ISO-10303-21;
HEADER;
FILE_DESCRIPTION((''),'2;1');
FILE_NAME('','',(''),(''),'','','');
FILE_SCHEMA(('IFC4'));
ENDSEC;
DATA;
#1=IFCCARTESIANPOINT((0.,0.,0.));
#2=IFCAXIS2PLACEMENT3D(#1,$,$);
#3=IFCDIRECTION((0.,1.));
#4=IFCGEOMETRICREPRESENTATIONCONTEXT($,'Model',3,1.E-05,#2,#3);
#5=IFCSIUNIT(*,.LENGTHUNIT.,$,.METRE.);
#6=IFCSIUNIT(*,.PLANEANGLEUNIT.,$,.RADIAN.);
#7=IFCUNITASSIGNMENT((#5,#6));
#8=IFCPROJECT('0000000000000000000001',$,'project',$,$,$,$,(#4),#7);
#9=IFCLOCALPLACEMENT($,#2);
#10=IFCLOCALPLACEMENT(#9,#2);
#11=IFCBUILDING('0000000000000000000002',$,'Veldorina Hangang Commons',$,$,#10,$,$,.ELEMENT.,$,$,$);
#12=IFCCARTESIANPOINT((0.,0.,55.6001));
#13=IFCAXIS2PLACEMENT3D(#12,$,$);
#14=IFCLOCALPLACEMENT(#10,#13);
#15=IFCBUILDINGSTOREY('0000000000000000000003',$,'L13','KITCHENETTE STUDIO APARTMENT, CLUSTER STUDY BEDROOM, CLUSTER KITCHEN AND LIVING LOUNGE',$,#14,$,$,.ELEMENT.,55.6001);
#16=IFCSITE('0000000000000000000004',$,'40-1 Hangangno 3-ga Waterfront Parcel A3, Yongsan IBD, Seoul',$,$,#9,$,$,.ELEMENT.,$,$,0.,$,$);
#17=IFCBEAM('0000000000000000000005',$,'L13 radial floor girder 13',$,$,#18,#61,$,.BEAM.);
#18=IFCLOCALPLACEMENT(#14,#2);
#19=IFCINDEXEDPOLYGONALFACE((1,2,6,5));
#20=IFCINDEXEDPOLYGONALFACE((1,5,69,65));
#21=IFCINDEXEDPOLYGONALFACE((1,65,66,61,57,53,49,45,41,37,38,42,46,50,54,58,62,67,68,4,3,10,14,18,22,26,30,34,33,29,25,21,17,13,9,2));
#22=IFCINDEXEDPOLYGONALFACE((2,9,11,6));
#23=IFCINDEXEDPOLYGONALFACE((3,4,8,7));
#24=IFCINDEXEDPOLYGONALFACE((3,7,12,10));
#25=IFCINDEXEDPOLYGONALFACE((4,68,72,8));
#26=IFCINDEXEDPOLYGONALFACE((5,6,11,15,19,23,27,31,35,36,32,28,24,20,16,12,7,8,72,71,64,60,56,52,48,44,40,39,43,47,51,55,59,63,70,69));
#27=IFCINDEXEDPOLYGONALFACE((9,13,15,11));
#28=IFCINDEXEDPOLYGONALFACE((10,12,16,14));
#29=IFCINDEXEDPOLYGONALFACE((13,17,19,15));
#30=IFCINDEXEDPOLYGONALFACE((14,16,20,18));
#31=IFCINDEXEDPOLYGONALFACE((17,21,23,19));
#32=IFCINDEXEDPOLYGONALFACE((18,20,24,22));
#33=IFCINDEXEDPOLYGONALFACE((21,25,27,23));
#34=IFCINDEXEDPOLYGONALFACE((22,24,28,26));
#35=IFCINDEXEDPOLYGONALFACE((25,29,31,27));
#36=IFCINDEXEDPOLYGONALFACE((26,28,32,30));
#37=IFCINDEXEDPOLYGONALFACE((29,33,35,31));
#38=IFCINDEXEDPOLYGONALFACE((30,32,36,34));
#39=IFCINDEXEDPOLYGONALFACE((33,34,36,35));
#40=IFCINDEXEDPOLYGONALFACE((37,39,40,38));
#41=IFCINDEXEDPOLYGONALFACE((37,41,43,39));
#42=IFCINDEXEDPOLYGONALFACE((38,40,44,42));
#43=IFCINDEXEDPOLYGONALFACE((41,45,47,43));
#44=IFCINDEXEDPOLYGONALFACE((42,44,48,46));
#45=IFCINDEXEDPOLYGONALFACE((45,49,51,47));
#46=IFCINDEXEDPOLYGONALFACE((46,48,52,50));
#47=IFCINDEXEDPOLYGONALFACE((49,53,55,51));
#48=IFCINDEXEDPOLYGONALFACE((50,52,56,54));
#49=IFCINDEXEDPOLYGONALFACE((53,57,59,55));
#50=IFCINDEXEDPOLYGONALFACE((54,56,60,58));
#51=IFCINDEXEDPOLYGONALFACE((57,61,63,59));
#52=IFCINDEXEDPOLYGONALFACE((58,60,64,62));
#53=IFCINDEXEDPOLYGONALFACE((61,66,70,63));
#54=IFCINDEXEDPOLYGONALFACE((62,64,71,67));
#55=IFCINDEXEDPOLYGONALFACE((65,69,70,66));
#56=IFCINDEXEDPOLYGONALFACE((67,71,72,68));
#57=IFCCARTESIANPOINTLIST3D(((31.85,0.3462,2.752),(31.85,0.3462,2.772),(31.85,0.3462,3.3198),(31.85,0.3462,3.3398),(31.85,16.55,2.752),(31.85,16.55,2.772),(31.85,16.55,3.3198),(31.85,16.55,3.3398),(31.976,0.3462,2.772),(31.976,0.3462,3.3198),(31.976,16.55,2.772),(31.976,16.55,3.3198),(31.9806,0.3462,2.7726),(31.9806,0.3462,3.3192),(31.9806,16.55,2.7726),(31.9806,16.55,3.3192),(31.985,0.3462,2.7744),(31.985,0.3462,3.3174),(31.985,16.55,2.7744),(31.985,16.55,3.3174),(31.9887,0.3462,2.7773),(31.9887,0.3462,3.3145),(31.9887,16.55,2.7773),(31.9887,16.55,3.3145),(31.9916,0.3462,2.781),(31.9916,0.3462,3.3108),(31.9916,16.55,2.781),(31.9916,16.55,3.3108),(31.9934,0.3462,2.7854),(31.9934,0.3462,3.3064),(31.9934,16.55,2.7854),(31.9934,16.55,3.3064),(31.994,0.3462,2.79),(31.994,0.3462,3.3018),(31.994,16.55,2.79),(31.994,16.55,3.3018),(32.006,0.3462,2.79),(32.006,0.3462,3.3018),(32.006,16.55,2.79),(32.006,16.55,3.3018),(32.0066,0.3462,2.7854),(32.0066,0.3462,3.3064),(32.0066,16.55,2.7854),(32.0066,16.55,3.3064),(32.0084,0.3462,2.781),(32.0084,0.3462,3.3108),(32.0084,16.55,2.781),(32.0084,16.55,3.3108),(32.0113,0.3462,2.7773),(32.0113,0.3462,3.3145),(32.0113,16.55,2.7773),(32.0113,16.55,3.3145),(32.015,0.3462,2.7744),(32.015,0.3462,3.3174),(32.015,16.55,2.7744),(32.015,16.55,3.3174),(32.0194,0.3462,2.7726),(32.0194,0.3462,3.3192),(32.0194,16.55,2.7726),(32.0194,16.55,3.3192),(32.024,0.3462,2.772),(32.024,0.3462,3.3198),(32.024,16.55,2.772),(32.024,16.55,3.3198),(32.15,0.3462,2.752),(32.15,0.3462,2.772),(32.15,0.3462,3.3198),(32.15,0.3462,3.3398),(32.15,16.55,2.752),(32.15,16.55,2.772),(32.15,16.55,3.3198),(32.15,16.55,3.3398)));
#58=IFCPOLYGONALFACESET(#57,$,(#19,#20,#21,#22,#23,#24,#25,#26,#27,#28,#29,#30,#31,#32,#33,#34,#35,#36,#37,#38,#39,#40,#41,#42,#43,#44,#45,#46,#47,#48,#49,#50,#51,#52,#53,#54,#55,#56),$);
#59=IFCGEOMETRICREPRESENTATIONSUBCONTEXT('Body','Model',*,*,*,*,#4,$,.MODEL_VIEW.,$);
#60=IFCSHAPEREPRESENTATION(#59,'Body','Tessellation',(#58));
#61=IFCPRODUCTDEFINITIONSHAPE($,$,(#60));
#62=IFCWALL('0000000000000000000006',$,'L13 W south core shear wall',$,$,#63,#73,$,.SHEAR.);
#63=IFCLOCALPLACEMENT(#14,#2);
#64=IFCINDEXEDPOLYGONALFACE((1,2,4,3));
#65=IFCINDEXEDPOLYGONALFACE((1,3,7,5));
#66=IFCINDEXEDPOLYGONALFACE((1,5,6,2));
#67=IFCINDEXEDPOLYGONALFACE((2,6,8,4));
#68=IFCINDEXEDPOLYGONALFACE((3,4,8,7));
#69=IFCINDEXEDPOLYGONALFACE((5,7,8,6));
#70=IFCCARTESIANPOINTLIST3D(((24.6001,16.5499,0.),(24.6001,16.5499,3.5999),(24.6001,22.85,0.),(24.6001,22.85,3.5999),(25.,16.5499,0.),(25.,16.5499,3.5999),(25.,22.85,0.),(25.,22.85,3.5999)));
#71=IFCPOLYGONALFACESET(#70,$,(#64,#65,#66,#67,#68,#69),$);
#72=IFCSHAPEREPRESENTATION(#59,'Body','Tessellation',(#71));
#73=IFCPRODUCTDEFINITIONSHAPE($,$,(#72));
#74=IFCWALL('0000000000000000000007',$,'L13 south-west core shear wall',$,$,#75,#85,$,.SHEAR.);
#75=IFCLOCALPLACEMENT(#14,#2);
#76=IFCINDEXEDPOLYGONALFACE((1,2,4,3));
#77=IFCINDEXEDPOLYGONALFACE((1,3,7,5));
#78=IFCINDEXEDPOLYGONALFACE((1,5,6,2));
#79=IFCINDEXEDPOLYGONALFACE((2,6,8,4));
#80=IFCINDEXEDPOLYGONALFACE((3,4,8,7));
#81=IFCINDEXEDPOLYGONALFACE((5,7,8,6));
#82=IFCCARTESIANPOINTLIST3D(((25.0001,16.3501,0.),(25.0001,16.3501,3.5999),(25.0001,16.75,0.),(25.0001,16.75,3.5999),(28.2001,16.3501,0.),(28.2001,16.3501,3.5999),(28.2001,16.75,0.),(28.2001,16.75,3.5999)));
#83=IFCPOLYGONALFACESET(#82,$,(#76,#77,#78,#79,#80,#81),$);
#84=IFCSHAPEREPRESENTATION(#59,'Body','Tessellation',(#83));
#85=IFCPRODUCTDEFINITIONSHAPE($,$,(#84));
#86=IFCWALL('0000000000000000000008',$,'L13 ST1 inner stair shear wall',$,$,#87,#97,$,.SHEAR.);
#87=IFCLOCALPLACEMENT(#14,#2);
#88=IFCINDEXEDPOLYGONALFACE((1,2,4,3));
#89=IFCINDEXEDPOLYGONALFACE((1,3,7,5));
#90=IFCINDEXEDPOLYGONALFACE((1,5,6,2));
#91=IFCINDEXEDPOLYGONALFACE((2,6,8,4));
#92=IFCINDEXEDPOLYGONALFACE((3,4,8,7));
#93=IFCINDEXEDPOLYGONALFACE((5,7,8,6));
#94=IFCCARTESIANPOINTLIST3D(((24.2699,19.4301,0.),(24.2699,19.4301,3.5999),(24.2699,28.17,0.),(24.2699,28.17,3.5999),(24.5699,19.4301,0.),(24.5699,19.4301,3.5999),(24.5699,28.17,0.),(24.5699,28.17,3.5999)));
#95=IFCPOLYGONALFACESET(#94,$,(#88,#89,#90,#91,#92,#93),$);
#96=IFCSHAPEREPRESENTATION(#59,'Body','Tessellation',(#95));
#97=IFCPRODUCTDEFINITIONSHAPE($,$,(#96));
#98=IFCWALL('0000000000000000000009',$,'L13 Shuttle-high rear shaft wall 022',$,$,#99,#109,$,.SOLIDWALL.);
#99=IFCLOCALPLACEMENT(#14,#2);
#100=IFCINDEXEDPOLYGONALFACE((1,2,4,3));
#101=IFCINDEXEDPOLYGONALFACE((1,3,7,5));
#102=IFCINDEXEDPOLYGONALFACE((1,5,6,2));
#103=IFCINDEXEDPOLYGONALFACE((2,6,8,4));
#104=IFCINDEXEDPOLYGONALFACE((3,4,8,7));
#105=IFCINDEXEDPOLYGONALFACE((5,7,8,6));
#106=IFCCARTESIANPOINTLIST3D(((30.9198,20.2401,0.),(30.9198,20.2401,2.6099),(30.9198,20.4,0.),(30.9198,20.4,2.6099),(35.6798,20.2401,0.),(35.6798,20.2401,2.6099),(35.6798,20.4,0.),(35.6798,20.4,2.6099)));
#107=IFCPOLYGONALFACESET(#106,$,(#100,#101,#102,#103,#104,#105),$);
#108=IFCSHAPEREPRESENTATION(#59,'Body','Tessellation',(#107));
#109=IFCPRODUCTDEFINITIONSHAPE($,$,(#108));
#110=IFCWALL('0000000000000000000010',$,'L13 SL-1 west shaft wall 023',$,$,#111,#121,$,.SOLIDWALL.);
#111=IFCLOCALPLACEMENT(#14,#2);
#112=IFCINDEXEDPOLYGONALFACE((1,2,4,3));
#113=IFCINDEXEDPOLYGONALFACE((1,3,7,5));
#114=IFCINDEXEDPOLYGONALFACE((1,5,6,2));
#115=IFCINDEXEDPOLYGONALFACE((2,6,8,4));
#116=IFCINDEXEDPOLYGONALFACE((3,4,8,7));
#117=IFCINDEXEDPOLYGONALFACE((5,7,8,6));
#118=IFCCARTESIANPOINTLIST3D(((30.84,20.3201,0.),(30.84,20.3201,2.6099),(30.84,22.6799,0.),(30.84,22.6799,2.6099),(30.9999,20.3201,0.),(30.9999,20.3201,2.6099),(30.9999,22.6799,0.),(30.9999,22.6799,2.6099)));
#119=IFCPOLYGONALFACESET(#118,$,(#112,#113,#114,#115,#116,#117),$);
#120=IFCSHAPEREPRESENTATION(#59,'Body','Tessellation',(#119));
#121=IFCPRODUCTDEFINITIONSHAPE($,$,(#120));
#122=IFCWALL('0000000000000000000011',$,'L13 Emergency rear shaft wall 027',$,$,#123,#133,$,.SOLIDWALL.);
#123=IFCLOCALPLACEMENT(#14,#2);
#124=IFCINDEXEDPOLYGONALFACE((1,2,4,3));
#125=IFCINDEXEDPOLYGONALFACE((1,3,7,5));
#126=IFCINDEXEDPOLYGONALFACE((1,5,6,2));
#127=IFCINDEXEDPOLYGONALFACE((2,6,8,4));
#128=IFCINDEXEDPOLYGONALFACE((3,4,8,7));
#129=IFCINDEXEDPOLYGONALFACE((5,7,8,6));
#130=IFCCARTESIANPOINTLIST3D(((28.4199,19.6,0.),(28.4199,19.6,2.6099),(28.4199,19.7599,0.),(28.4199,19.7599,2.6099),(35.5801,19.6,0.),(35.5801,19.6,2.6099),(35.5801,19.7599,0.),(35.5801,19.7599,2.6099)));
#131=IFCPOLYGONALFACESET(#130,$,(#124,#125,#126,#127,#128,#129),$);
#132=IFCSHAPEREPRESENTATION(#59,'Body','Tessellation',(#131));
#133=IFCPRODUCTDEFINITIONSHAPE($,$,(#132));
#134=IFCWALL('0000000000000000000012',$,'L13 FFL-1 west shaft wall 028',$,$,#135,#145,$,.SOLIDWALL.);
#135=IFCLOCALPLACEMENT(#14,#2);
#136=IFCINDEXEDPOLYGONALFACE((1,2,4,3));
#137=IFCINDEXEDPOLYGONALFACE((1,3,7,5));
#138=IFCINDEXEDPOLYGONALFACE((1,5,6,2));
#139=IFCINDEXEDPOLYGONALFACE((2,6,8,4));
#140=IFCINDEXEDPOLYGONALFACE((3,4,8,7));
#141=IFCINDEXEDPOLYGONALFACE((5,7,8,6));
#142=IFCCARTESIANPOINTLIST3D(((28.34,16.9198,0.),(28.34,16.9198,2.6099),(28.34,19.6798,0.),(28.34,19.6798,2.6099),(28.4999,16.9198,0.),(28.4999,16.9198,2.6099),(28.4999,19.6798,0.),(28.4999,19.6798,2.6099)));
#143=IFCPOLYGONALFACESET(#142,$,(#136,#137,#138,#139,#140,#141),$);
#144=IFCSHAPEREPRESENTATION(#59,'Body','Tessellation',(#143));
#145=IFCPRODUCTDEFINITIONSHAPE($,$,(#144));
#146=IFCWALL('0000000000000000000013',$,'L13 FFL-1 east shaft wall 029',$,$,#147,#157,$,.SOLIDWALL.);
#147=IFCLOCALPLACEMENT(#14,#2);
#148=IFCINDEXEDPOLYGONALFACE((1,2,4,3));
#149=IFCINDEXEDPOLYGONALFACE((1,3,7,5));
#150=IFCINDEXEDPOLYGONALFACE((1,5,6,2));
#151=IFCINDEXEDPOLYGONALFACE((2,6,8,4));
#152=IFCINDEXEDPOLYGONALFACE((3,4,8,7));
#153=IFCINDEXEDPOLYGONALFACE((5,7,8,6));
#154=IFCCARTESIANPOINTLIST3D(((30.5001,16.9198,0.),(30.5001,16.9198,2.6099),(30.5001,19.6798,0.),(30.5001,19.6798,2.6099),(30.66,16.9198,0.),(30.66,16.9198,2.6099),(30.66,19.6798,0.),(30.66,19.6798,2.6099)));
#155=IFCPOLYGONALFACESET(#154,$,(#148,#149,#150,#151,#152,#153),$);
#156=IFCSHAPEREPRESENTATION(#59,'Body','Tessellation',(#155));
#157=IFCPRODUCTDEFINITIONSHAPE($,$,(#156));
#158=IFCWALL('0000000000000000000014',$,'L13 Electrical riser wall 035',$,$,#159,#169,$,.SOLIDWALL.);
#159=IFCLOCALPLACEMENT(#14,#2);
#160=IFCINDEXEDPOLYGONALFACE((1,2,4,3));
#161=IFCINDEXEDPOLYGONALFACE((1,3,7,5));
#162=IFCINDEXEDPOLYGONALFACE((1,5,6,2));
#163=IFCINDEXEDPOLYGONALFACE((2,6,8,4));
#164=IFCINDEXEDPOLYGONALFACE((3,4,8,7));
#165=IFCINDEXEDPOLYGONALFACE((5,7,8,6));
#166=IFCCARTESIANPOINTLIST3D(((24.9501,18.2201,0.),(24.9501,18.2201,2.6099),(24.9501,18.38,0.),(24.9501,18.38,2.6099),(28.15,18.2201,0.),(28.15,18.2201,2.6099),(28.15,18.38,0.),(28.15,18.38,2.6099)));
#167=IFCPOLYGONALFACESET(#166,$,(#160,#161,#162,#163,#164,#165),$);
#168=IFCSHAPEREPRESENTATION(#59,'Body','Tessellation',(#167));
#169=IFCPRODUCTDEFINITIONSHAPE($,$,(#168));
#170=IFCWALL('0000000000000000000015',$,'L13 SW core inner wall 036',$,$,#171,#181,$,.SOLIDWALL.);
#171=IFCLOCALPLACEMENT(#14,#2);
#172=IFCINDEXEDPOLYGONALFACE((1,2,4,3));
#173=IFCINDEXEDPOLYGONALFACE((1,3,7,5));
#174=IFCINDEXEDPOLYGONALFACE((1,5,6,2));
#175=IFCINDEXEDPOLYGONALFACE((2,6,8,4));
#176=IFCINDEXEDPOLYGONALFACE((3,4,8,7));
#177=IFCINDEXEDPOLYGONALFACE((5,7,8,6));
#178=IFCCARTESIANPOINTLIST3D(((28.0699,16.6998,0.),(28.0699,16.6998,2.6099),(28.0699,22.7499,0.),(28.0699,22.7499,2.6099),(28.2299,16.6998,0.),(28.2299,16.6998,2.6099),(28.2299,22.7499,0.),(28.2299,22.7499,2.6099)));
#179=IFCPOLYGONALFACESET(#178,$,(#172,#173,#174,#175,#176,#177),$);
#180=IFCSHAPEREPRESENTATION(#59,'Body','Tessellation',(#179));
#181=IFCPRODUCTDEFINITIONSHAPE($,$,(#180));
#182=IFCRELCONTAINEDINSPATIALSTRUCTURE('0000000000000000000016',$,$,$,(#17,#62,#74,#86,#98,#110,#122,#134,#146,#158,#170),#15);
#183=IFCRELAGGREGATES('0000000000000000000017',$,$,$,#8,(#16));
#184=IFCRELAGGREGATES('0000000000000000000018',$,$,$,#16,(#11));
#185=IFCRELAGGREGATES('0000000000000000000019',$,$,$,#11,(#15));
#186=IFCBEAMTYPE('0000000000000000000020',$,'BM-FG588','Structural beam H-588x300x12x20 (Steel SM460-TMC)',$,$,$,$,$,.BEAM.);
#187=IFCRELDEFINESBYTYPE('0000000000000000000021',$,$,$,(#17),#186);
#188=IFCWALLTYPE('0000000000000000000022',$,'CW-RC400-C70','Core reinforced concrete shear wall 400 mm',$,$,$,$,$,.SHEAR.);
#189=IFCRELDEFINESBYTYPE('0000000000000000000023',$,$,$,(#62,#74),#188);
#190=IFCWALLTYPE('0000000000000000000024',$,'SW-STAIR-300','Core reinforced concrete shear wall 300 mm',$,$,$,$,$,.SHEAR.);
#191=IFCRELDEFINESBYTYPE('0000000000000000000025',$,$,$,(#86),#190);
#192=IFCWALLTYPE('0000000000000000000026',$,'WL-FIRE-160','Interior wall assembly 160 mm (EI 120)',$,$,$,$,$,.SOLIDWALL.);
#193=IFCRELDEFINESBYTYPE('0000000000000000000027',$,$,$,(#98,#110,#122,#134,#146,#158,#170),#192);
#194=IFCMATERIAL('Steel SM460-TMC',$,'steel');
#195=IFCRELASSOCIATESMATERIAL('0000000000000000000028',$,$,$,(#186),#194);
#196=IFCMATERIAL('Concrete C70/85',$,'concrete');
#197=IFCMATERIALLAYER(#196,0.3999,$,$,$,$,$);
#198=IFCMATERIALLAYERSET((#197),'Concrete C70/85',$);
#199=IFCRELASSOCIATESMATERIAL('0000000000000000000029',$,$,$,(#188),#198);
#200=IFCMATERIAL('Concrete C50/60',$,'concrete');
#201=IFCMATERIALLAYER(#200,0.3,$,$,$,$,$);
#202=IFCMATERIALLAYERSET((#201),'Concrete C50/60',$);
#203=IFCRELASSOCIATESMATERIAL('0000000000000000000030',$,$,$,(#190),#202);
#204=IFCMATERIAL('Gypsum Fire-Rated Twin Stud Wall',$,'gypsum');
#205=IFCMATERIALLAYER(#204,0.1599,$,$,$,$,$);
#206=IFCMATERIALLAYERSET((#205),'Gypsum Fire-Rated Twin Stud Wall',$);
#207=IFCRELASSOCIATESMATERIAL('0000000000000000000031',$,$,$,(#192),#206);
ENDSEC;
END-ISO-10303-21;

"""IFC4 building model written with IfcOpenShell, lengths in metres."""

from ifc_helpers import new_model, si_unit, direction, frame, frame_2d, origin, origin_2d, place, context, subcontext, project, spatial, rectangle, i_section, extrude, material, layer, layer_set, material_profile, profile_set, type_object, element, save


model = new_model("IFC4")

# Units and contexts
model_context = context("Model", 3, precision=1e-05, world=origin(), true_north=direction((0.0, 1.0)))
body_context = subcontext(model_context, "Body", "Model", "MODEL_VIEW")
ifc_project = project(units=[si_unit("LENGTHUNIT", "METRE"), si_unit("PLANEANGLEUNIT", "RADIAN")], contexts=[model_context])

# Site, building, storey
site_placement = place(None, origin())
site = spatial("IfcSite", under=ifc_project, at=site_placement, Name="40-1 Hangangno 3-ga Waterfront Parcel A3, Yongsan IBD, Seoul", CompositionType="ELEMENT", RefElevation=0.0)
building_placement = place(site_placement, origin())
building = spatial("IfcBuilding", under=site, at=building_placement, Name="Veldorina Hangang Commons", CompositionType="ELEMENT")
storey_placement = place(building_placement, frame((0.0, 0.0, 55.6001)))
storey = spatial("IfcBuildingStorey", under=building, at=storey_placement, Name="L13", Description="KITCHENETTE STUDIO APARTMENT, CLUSTER STUDY BEDROOM, CLUSTER KITCHEN AND LIVING LOUNGE", CompositionType="ELEMENT", Elevation=55.6001)

# Beam
ifc_material_1 = material(Name="Concrete C70/85", Category="concrete")
ifc_material_2 = material(Name="Steel SM460-TMC", Category="steel")
ifc_material_profile_1 = material_profile(ifc_material_2, i_section(OverallWidth=0.3, OverallDepth=0.5879, WebThickness=0.012, FlangeThickness=0.02, FilletRadius=0.0181, at=origin_2d()), Name="H-588x300x12x20")
ifc_profile_set_1 = profile_set([ifc_material_profile_1], Name="Steel SM460-TMC")
beam_type_1 = type_object("IfcBeamType", Name="BM-FG588", Description="Structural beam H-588x300x12x20 (Steel SM460-TMC)", PredefinedType="BEAM", material=ifc_profile_set_1)
beam_1_placement = place(storey_placement, frame((32.0, 16.55, 3.0459), z_axis=(0.0, -1.0, 0.0), x_axis=(1.0, 0.0, 0.0)))
element("IfcBeam", 1, at=beam_1_placement, inside=storey, type_object=beam_type_1, Name="L13 radial floor girder 13", PredefinedType="BEAM", context=body_context, shape_type="SweptSolid", body=[
    extrude(i_section(OverallWidth=0.3, OverallDepth=0.5879, WebThickness=0.012, FlangeThickness=0.02, FilletRadius=0.0181, at=origin_2d()), origin(), (0.0, 0.0, 1.0), 16.2039),
])

# Walls
ifc_layer_1 = layer(ifc_material_1, 0.3999)
ifc_layer_set_1 = layer_set([ifc_layer_1], Name="Concrete C70/85")
wall_type_1 = type_object("IfcWallType", Name="CW-RC400-C70", Description="Core reinforced concrete shear wall 400 mm", PredefinedType="SHEAR", material=ifc_layer_set_1)
wall_1_placement = place(storey_placement, frame((24.8, 16.55, 0.0), z_axis=(0.0, 0.0, 1.0), x_axis=(0.0, 1.0, 0.0)))
element("IfcWall", 2, at=wall_1_placement, inside=storey, type_object=wall_type_1, Name="L13 W south core shear wall", PredefinedType="SHEAR", context=body_context, shape_type="SweptSolid", body=[
    extrude(rectangle(XDim=6.3, YDim=0.3999, at=frame_2d((3.1499, 0.0))), origin(), (0.0, 0.0, 1.0), 3.5999),
])
wall_2_placement = place(storey_placement, frame((25.0, 16.55, 0.0), z_axis=(0.0, 0.0, 1.0), x_axis=(1.0, 0.0, 0.0)))
element("IfcWall", 3, at=wall_2_placement, inside=storey, type_object=wall_type_1, Name="L13 south-west core shear wall", PredefinedType="SHEAR", context=body_context, shape_type="SweptSolid", body=[
    extrude(rectangle(XDim=3.2, YDim=0.3999, at=frame_2d((1.6001, 0.0))), origin(), (0.0, 0.0, 1.0), 3.5999),
])
ifc_material_3 = material(Name="Concrete C50/60", Category="concrete")
ifc_layer_2 = layer(ifc_material_3, 0.3)
ifc_layer_set_2 = layer_set([ifc_layer_2], Name="Concrete C50/60")
wall_type_2 = type_object("IfcWallType", Name="SW-STAIR-300", Description="Core reinforced concrete shear wall 300 mm", PredefinedType="SHEAR", material=ifc_layer_set_2)
wall_3_placement = place(storey_placement, frame((24.4199, 19.4299, 0.0), z_axis=(0.0, 0.0, 1.0), x_axis=(0.0, 1.0, 0.0)))
element("IfcWall", 4, at=wall_3_placement, inside=storey, type_object=wall_type_2, Name="L13 ST1 inner stair shear wall", PredefinedType="SHEAR", context=body_context, shape_type="SweptSolid", body=[
    extrude(rectangle(XDim=8.74, YDim=0.3, at=frame_2d((4.3701, 0.0))), origin(), (0.0, 0.0, 1.0), 3.5999),
])
ifc_material_4 = material(Name="Gypsum Fire-Rated Twin Stud Wall", Category="gypsum")
ifc_layer_3 = layer(ifc_material_4, 0.1599)
ifc_layer_set_3 = layer_set([ifc_layer_3], Name="Gypsum Fire-Rated Twin Stud Wall")
wall_type_3 = type_object("IfcWallType", Name="WL-FIRE-160", Description="Interior wall assembly 160 mm (EI 120)", PredefinedType="SOLIDWALL", material=ifc_layer_set_3)
wall_4_placement = place(storey_placement, frame((30.9199, 20.3201, 0.0), z_axis=(0.0, 0.0, 1.0), x_axis=(1.0, 0.0, 0.0)))
element("IfcWall", 5, at=wall_4_placement, inside=storey, type_object=wall_type_3, Name="L13 Shuttle-high rear shaft wall 022", PredefinedType="SOLIDWALL", context=body_context, shape_type="SweptSolid", body=[
    extrude(rectangle(XDim=4.76, YDim=0.1599, at=frame_2d((2.3799, 0.0))), origin(), (0.0, 0.0, 1.0), 2.6099),
])
wall_5_placement = place(storey_placement, frame((30.9199, 20.3201, 0.0), z_axis=(0.0, 0.0, 1.0), x_axis=(0.0, 1.0, 0.0)))
element("IfcWall", 6, at=wall_5_placement, inside=storey, type_object=wall_type_3, Name="L13 SL-1 west shaft wall 023", PredefinedType="SOLIDWALL", context=body_context, shape_type="SweptSolid", body=[
    extrude(rectangle(XDim=2.3599, YDim=0.1599, at=frame_2d((1.1799, 0.0))), origin(), (0.0, 0.0, 1.0), 2.6099),
])

# Walls
wall_6_placement = place(storey_placement, frame((28.4199, 19.6799, 0.0), z_axis=(0.0, 0.0, 1.0), x_axis=(1.0, 0.0, 0.0)))
element("IfcWall", 7, at=wall_6_placement, inside=storey, type_object=wall_type_3, Name="L13 Emergency rear shaft wall 027", PredefinedType="SOLIDWALL", context=body_context, shape_type="SweptSolid", body=[
    extrude(rectangle(XDim=7.1602, YDim=0.1599, at=frame_2d((3.5801, 0.0))), origin(), (0.0, 0.0, 1.0), 2.6099),
])
for number, where, z_axis, x_axis, name in (
    (8, (28.4199, 16.9199, 0.0), (0.0, 0.0, 1.0), (0.0, 1.0, 0.0), "L13 FFL-1 west shaft wall 028"),
    (9, (30.5801, 16.9199, 0.0), (0.0, 0.0, 1.0), (0.0, 1.0, 0.0), "L13 FFL-1 east shaft wall 029"),
):
    element("IfcWall", number, at=place(storey_placement, frame(where, z_axis=z_axis, x_axis=x_axis)), inside=storey, type_object=wall_type_3, Name=name, PredefinedType="SOLIDWALL", context=body_context, shape_type="SweptSolid", body=[
        extrude(rectangle(XDim=2.76, YDim=0.1599, at=frame_2d((1.3799, 0.0))), origin(), (0.0, 0.0, 1.0), 2.6099),
    ])
wall_7_placement = place(storey_placement, frame((24.95, 18.3, 0.0), z_axis=(0.0, 0.0, 1.0), x_axis=(1.0, 0.0, 0.0)))
element("IfcWall", 10, at=wall_7_placement, inside=storey, type_object=wall_type_3, Name="L13 Electrical riser wall 035", PredefinedType="SOLIDWALL", context=body_context, shape_type="SweptSolid", body=[
    extrude(rectangle(XDim=3.2, YDim=0.1599, at=frame_2d((1.6001, 0.0))), origin(), (0.0, 0.0, 1.0), 2.6099),
])
wall_8_placement = place(storey_placement, frame((28.1499, 16.7, 0.0), z_axis=(0.0, 0.0, 1.0), x_axis=(0.0, 1.0, 0.0)))
element("IfcWall", 11, at=wall_8_placement, inside=storey, type_object=wall_type_3, Name="L13 SW core inner wall 036", PredefinedType="SOLIDWALL", context=body_context, shape_type="SweptSolid", body=[
    extrude(rectangle(XDim=6.05, YDim=0.1599, at=frame_2d((3.0249, 0.0))), origin(), (0.0, 0.0, 1.0), 2.6099),
])

save(model, "model.ifc")
